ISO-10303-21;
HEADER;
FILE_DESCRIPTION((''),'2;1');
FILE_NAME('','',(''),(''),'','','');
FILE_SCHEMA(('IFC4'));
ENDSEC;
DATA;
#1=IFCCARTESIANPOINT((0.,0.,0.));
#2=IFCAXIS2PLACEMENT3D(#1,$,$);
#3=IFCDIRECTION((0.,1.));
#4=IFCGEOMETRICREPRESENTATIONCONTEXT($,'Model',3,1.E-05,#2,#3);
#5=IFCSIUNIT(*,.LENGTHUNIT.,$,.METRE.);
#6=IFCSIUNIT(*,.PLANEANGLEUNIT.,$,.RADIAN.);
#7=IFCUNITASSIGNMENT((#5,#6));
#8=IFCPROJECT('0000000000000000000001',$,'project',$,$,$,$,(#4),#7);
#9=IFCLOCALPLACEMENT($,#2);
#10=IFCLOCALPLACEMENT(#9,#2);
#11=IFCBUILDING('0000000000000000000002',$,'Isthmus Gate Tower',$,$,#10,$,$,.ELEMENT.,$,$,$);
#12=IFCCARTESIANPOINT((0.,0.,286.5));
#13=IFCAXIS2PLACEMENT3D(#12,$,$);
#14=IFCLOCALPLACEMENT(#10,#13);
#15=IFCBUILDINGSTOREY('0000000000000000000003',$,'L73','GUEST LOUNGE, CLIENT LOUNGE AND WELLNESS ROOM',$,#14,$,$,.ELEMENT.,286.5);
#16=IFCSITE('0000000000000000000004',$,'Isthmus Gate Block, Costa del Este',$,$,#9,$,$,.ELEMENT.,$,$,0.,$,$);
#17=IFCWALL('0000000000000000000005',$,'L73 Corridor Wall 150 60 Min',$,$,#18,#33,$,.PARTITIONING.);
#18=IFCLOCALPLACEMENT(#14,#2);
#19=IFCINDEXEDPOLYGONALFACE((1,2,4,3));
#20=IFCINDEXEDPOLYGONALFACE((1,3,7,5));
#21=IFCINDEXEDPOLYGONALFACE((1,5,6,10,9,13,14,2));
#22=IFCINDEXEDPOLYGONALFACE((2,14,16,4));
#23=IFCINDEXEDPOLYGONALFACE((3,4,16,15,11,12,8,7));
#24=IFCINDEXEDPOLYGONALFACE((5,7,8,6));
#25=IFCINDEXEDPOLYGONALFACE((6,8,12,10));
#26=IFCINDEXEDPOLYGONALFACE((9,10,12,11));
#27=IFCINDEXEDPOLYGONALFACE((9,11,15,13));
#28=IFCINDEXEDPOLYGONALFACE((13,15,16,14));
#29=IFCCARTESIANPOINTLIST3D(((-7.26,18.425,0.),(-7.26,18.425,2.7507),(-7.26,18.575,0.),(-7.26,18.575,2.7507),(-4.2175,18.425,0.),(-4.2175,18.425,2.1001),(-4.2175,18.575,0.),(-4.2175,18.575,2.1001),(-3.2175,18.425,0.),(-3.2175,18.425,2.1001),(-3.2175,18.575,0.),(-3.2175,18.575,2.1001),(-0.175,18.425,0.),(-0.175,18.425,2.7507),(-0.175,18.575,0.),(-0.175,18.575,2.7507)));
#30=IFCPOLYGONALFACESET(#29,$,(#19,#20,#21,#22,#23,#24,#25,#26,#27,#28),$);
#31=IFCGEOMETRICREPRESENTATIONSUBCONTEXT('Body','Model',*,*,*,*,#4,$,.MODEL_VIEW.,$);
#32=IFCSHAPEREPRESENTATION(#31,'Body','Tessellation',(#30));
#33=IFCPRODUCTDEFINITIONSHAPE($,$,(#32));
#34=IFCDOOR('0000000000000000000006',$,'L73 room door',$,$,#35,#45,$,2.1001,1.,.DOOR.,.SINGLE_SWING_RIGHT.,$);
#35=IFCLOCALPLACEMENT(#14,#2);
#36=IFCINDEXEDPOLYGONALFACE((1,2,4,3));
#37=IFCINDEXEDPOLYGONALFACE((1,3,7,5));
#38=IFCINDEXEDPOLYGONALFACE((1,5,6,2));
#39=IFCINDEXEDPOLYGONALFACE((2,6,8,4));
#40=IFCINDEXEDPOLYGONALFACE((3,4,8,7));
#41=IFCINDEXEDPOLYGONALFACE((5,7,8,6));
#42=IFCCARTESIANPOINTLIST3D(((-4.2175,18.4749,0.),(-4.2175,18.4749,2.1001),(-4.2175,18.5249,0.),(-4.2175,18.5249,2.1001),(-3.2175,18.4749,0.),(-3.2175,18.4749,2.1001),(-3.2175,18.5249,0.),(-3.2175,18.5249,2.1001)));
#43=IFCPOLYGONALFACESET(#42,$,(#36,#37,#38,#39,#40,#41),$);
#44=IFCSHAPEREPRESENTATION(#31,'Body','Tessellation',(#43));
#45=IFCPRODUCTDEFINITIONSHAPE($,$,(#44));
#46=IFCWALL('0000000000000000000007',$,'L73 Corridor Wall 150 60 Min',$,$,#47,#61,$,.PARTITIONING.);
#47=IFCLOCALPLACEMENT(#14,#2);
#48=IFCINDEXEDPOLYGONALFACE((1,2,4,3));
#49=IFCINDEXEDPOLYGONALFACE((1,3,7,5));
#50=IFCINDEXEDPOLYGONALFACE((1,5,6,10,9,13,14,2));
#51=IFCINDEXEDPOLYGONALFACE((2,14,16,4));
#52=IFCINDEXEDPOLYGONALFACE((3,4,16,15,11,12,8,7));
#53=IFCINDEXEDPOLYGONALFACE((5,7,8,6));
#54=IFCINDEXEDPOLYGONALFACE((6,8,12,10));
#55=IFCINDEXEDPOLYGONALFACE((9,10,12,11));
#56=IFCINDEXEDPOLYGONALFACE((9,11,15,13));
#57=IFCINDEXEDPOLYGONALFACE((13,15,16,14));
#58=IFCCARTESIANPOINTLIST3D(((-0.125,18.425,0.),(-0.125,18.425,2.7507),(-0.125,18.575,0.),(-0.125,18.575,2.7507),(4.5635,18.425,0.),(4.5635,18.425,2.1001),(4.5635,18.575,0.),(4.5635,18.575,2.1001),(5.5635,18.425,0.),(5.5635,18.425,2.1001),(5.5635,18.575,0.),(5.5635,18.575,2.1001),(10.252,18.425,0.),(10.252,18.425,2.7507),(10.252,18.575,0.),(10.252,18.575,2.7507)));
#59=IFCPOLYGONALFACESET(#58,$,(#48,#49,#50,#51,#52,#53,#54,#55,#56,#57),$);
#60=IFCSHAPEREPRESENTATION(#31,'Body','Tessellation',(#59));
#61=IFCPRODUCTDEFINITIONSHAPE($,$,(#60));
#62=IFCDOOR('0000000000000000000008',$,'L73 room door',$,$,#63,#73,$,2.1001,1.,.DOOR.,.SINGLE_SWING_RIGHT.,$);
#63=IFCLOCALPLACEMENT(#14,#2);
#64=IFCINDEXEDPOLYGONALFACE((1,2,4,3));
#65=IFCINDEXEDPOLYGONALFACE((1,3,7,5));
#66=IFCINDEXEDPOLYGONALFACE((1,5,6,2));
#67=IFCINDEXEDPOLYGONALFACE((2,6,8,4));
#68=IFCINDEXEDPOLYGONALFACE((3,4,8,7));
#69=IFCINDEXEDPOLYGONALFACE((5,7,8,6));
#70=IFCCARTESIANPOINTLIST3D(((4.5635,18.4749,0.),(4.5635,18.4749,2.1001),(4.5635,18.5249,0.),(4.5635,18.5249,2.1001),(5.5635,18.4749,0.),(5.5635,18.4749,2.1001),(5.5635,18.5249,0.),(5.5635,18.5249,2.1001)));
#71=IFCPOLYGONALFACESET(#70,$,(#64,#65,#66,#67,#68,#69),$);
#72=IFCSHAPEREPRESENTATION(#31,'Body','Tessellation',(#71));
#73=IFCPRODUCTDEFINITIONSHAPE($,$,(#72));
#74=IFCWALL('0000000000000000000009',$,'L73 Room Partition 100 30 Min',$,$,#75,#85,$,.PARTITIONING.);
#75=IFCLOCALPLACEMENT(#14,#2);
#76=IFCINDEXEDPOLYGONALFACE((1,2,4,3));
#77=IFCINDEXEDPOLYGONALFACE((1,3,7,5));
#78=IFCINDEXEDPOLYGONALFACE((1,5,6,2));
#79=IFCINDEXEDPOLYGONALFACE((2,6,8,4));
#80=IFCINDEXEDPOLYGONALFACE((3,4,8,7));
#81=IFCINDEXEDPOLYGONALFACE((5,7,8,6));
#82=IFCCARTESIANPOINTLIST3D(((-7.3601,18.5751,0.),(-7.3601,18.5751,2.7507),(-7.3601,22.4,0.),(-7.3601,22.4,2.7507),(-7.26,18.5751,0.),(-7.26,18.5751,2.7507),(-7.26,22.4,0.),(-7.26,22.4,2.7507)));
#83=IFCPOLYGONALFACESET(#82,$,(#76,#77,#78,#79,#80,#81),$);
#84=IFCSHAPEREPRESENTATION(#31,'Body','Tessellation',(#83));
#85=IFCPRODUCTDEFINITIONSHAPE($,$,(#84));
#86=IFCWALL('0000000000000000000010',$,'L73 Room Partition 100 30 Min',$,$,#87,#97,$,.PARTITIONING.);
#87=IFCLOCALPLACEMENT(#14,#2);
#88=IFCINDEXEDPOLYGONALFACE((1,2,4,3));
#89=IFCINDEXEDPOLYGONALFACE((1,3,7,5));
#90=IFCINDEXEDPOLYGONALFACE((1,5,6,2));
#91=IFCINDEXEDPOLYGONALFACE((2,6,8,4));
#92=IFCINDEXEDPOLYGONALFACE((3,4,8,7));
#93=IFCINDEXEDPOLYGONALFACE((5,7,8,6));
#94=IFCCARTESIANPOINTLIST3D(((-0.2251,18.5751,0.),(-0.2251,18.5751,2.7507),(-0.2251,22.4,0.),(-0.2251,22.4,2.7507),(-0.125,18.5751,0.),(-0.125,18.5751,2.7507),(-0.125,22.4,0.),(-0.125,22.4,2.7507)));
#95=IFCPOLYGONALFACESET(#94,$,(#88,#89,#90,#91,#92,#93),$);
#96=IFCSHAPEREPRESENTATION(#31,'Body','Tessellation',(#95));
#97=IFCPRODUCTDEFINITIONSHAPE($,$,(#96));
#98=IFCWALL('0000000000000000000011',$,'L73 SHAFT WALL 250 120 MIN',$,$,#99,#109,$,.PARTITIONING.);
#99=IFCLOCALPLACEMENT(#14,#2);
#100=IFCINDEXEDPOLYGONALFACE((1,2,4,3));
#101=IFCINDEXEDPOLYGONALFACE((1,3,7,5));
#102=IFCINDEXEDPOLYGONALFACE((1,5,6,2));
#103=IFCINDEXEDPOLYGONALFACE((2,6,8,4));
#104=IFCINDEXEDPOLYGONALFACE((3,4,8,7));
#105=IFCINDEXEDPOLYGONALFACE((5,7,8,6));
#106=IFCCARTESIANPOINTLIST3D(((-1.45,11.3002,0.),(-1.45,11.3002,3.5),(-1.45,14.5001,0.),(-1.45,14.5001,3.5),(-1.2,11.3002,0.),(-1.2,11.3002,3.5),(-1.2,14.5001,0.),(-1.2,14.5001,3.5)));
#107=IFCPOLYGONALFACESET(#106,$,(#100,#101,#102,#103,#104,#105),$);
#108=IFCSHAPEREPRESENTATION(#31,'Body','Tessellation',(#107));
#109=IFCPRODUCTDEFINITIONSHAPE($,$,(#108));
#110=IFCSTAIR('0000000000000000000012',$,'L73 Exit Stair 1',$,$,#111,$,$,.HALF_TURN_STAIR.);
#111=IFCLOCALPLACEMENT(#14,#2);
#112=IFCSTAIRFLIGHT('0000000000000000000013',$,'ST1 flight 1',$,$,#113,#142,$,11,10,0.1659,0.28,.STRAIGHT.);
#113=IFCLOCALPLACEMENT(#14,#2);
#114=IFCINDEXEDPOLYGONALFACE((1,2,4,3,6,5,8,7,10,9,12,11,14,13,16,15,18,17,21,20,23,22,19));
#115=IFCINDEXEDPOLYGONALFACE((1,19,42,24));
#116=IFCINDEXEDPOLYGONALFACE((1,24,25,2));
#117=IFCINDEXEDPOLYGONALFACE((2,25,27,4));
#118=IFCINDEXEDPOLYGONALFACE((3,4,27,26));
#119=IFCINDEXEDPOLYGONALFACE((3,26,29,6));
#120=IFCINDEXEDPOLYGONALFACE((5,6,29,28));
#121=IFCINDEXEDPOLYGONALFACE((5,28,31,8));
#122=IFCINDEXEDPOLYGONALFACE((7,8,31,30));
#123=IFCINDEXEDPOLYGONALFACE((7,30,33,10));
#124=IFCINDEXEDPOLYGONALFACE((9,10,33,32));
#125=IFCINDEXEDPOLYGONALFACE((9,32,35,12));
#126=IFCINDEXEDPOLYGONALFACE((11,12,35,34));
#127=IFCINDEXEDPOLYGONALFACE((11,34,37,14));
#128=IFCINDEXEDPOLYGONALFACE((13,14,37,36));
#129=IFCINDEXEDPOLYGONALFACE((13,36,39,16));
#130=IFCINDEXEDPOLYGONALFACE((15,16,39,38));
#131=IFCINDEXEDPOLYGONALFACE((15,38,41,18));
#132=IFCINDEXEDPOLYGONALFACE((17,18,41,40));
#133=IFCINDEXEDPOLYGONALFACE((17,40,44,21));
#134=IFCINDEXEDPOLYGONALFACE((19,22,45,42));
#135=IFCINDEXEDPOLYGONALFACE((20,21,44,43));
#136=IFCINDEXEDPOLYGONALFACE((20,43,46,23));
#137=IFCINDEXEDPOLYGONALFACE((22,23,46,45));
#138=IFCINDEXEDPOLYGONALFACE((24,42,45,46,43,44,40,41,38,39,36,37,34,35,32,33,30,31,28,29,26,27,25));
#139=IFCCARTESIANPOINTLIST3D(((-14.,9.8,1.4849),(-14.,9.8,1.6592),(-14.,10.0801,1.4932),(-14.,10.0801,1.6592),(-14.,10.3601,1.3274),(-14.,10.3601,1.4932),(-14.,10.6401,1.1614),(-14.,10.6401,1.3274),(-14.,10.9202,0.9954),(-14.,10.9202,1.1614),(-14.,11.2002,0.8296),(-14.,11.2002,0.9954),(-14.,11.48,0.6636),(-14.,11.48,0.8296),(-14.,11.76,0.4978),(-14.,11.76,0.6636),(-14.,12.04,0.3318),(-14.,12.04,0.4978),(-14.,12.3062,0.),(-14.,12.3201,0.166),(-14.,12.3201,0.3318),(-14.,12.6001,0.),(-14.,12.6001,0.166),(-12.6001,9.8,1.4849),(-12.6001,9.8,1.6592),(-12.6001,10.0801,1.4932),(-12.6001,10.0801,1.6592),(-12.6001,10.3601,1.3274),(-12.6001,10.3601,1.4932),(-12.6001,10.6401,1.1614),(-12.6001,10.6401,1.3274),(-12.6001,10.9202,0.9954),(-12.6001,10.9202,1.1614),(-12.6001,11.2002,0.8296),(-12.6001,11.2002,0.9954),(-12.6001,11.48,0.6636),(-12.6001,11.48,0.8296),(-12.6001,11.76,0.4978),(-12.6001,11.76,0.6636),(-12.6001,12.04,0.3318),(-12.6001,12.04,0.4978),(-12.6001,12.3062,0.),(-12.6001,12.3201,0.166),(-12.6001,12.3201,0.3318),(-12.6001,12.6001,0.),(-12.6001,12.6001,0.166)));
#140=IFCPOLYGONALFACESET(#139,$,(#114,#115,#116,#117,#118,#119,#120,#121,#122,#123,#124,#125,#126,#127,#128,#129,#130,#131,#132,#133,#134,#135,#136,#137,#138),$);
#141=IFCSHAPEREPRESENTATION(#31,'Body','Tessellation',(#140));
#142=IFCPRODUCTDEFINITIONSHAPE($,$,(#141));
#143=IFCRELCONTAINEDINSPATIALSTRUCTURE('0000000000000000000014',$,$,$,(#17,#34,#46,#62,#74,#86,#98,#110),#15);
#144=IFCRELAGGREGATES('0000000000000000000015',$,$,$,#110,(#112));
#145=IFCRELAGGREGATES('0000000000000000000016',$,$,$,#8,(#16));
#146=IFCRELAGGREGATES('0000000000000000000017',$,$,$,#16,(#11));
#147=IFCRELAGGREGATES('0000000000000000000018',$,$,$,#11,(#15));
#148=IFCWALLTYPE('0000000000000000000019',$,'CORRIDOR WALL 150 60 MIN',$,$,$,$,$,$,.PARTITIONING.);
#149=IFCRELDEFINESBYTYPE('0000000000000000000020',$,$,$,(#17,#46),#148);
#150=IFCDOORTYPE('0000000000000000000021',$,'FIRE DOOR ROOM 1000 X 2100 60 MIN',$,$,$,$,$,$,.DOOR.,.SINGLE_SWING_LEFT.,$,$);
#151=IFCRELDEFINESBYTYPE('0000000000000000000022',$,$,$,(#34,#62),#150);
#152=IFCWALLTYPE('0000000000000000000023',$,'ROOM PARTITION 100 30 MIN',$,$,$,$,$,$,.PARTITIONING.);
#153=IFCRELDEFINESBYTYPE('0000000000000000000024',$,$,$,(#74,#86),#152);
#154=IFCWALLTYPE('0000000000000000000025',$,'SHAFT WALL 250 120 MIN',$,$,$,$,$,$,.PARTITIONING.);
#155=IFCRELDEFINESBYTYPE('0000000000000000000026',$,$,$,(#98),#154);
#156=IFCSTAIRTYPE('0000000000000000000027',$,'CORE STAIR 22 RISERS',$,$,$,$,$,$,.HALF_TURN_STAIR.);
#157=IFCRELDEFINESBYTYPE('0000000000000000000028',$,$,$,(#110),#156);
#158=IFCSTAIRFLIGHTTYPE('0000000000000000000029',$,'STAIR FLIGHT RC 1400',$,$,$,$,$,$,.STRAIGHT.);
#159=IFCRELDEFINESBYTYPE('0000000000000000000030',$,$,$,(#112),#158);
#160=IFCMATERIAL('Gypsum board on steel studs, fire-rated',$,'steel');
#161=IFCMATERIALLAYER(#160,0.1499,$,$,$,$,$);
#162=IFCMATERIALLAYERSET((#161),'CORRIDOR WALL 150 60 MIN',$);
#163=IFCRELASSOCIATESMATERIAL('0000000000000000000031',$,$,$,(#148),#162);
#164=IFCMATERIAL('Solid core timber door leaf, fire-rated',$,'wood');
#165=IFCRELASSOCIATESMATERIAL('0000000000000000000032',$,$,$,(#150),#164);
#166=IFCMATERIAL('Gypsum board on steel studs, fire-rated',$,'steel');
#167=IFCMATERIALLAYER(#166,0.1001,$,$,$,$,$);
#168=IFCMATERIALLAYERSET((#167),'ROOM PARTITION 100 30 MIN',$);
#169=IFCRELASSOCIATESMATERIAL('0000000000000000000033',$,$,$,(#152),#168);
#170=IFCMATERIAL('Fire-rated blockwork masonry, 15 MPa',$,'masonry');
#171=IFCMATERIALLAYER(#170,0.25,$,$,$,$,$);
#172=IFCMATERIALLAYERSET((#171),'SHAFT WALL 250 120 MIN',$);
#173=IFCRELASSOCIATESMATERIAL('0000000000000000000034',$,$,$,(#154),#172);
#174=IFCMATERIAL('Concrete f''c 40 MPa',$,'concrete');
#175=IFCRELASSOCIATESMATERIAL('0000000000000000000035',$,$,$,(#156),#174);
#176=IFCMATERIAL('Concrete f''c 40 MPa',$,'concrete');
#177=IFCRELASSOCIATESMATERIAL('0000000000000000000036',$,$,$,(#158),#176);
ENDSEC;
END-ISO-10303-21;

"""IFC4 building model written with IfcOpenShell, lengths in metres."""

from ifc_helpers import new_model, si_unit, direction, frame, frame_2d, origin, place, context, subcontext, project, spatial, polyline, rectangle, outline, extrude, material, layer, layer_set, type_object, element, fill, aggregate, save


model = new_model("IFC4")

# Units and contexts
model_context = context("Model", 3, precision=1e-05, world=origin(), true_north=direction((0.0, 1.0)))
body_context = subcontext(model_context, "Body", "Model", "MODEL_VIEW")
ifc_project = project(units=[si_unit("LENGTHUNIT", "METRE"), si_unit("PLANEANGLEUNIT", "RADIAN")], contexts=[model_context])

# Site, building, storey
site_placement = place(None, origin())
site = spatial("IfcSite", under=ifc_project, at=site_placement, Name="Isthmus Gate Block, Costa del Este", CompositionType="ELEMENT", RefElevation=0.0)
building_placement = place(site_placement, origin())
building = spatial("IfcBuilding", under=site, at=building_placement, Name="Isthmus Gate Tower", CompositionType="ELEMENT")
storey_placement = place(building_placement, frame((0.0, 0.0, 286.5)))
storey = spatial("IfcBuildingStorey", under=building, at=storey_placement, Name="L73", Description="GUEST LOUNGE, CLIENT LOUNGE AND WELLNESS ROOM", CompositionType="ELEMENT", Elevation=286.5)

# Walls, openings, doors
ifc_material_1 = material(Name="Gypsum board on steel studs, fire-rated", Category="steel")
ifc_layer_1 = layer(ifc_material_1, 0.1499)
ifc_layer_set_1 = layer_set([ifc_layer_1], Name="CORRIDOR WALL 150 60 MIN")
wall_type_1 = type_object("IfcWallType", Name="CORRIDOR WALL 150 60 MIN", PredefinedType="PARTITIONING", material=ifc_layer_set_1)
wall_1_placement = place(storey_placement, frame((-7.26, 18.5, 0.0), z_axis=(0.0, 0.0, 1.0), x_axis=(1.0, 0.0, 0.0)))
wall_1 = element("IfcWall", 1, at=wall_1_placement, inside=storey, type_object=wall_type_1, Name="L73 Corridor Wall 150 60 Min", PredefinedType="PARTITIONING", context=body_context, shape_type="SweptSolid", body=[
    extrude(rectangle(XDim=7.085, YDim=0.1499, at=frame_2d((3.5425, 0.0))), origin(), (0.0, 0.0, 1.0), 2.7507),
])
opening_1_placement = place(wall_1_placement, frame((3.0425, 0.0, 0.0)))
opening_1 = element("IfcOpeningElement", 2, at=opening_1_placement, cuts=wall_1, PredefinedType="OPENING", context=body_context, shape_type="SweptSolid", body=[
    extrude(rectangle(XDim=1.0, YDim=2.1001, at=frame_2d((0.5, 1.05))), frame((0.0, 0.085, 0.0), z_axis=(0.0, -1.0, 0.0), x_axis=(1.0, 0.0, 0.0)), (0.0, 0.0, 1.0), 0.1699),
])
ifc_material_2 = material(Name="Solid core timber door leaf, fire-rated", Category="wood")
door_type = type_object("IfcDoorType", Name="FIRE DOOR ROOM 1000 X 2100 60 MIN", OperationType="SINGLE_SWING_LEFT", PredefinedType="DOOR", material=ifc_material_2)
door_1_placement = place(opening_1_placement, origin())
door_1 = element("IfcDoor", 3, at=door_1_placement, inside=storey, type_object=door_type, Name="L73 room door", OperationType="SINGLE_SWING_RIGHT", OverallHeight=2.1001, OverallWidth=1.0, PredefinedType="DOOR", context=body_context, shape_type="SweptSolid", body=[
    extrude(rectangle(XDim=1.0, YDim=2.1001, at=frame_2d((0.5, 1.05))), frame((0.0, 0.0249, 0.0), z_axis=(0.0, -1.0, 0.0), x_axis=(1.0, 0.0, 0.0)), (0.0, 0.0, 1.0), 0.05),
])
fill(opening_1, door_1)
wall_2_placement = place(storey_placement, frame((-0.125, 18.5, 0.0), z_axis=(0.0, 0.0, 1.0), x_axis=(1.0, 0.0, 0.0)))
wall_2 = element("IfcWall", 4, at=wall_2_placement, inside=storey, type_object=wall_type_1, Name="L73 Corridor Wall 150 60 Min", PredefinedType="PARTITIONING", context=body_context, shape_type="SweptSolid", body=[
    extrude(rectangle(XDim=10.377, YDim=0.1499, at=frame_2d((5.1885, 0.0))), origin(), (0.0, 0.0, 1.0), 2.7507),
])
opening_2_placement = place(wall_2_placement, frame((4.6885, 0.0, 0.0)))
opening_2 = element("IfcOpeningElement", 5, at=opening_2_placement, cuts=wall_2, PredefinedType="OPENING", context=body_context, shape_type="SweptSolid", body=[
    extrude(rectangle(XDim=1.0, YDim=2.1001, at=frame_2d((0.5, 1.05))), frame((0.0, 0.085, 0.0), z_axis=(0.0, -1.0, 0.0), x_axis=(1.0, 0.0, 0.0)), (0.0, 0.0, 1.0), 0.1699),
])
door_2_placement = place(opening_2_placement, origin())
door_2 = element("IfcDoor", 6, at=door_2_placement, inside=storey, type_object=door_type, Name="L73 room door", OperationType="SINGLE_SWING_RIGHT", OverallHeight=2.1001, OverallWidth=1.0, PredefinedType="DOOR", context=body_context, shape_type="SweptSolid", body=[
    extrude(rectangle(XDim=1.0, YDim=2.1001, at=frame_2d((0.5, 1.05))), frame((0.0, 0.0249, 0.0), z_axis=(0.0, -1.0, 0.0), x_axis=(1.0, 0.0, 0.0)), (0.0, 0.0, 1.0), 0.05),
])
fill(opening_2, door_2)

# Walls
ifc_material_3 = material(Name="Gypsum board on steel studs, fire-rated", Category="steel")
ifc_layer_2 = layer(ifc_material_3, 0.1001)
ifc_layer_set_2 = layer_set([ifc_layer_2], Name="ROOM PARTITION 100 30 MIN")
wall_type_2 = type_object("IfcWallType", Name="ROOM PARTITION 100 30 MIN", PredefinedType="PARTITIONING", material=ifc_layer_set_2)
for number, where, z_axis, x_axis, name in (
    (7, (-7.3101, 18.575, 0.0), (0.0, 0.0, 1.0), (0.0, 1.0, 0.0), "L73 Room Partition 100 30 Min"),
    (8, (-0.175, 18.575, 0.0), (0.0, 0.0, 1.0), (0.0, 1.0, 0.0), "L73 Room Partition 100 30 Min"),
):
    element("IfcWall", number, at=place(storey_placement, frame(where, z_axis=z_axis, x_axis=x_axis)), inside=storey, type_object=wall_type_2, Name=name, PredefinedType="PARTITIONING", context=body_context, shape_type="SweptSolid", body=[
        extrude(rectangle(XDim=3.825, YDim=0.1001, at=frame_2d((1.9126, 0.0))), origin(), (0.0, 0.0, 1.0), 2.7507),
    ])
ifc_material_4 = material(Name="Fire-rated blockwork masonry, 15 MPa", Category="masonry")
ifc_layer_3 = layer(ifc_material_4, 0.25)
ifc_layer_set_3 = layer_set([ifc_layer_3], Name="SHAFT WALL 250 120 MIN")
wall_type_3 = type_object("IfcWallType", Name="SHAFT WALL 250 120 MIN", PredefinedType="PARTITIONING", material=ifc_layer_set_3)
wall_3_placement = place(storey_placement, frame((-1.325, 11.3, 0.0), z_axis=(0.0, 0.0, 1.0), x_axis=(0.0, 1.0, 0.0)))
element("IfcWall", 9, at=wall_3_placement, inside=storey, type_object=wall_type_3, Name="L73 SHAFT WALL 250 120 MIN", PredefinedType="PARTITIONING", context=body_context, shape_type="SweptSolid", body=[
    extrude(rectangle(XDim=3.2, YDim=0.25, at=frame_2d((1.6001, 0.0))), origin(), (0.0, 0.0, 1.0), 3.5),
])

# Stair, stair flight
ifc_material_5 = material(Name="Concrete f'c 40 MPa", Category="concrete")
stair_type = type_object("IfcStairType", Name="CORE STAIR 22 RISERS", PredefinedType="HALF_TURN_STAIR", material=ifc_material_5)
stair_placement = place(storey_placement, origin())
stair = element("IfcStair", 10, at=stair_placement, inside=storey, type_object=stair_type, Name="L73 Exit Stair 1", PredefinedType="HALF_TURN_STAIR")
ifc_material_6 = material(Name="Concrete f'c 40 MPa", Category="concrete")
stair_flight_type = type_object("IfcStairFlightType", Name="STAIR FLIGHT RC 1400", PredefinedType="STRAIGHT", material=ifc_material_6)
stair_flight_placement = place(storey_placement, frame((-13.3, 12.6001, 0.0), z_axis=(0.0, 0.0, 1.0), x_axis=(0.0, -1.0, 0.0)))
stair_flight = element("IfcStairFlight", 11, at=stair_flight_placement, type_object=stair_flight_type, Name="ST1 flight 1", NumberOfRisers=11, NumberOfTreads=10, PredefinedType="STRAIGHT", RiserHeight=0.1659, TreadLength=0.28, context=body_context, shape_type="SweptSolid", body=[
    extrude(outline(polyline([(0.0, 0.0), (0.0, 0.166), (0.28, 0.166), (0.28, 0.3318), (0.5601, 0.3318), (0.5601, 0.4978), (0.8401, 0.4978), (0.8401, 0.6636), (1.1201, 0.6636), (1.1201, 0.8296), (1.3999, 0.8296), (1.3999, 0.9954), (1.6799, 0.9954), (1.6799, 1.1614), (1.96, 1.1614), (1.96, 1.3274), (2.24, 1.3274), (2.24, 1.4932), (2.52, 1.4932), (2.52, 1.6592), (2.8, 1.6592), (2.8, 1.825), (2.8, 1.4849), (0.2939, 0.0), (0.0, 0.0)])), frame((0.0, 0.7, 0.0), z_axis=(0.0, -1.0, 0.0), x_axis=(1.0, 0.0, 0.0)), (0.0, 0.0, 1.0), 1.3999),
])
aggregate(stair, [stair_flight])

save(model, "model.ifc")
